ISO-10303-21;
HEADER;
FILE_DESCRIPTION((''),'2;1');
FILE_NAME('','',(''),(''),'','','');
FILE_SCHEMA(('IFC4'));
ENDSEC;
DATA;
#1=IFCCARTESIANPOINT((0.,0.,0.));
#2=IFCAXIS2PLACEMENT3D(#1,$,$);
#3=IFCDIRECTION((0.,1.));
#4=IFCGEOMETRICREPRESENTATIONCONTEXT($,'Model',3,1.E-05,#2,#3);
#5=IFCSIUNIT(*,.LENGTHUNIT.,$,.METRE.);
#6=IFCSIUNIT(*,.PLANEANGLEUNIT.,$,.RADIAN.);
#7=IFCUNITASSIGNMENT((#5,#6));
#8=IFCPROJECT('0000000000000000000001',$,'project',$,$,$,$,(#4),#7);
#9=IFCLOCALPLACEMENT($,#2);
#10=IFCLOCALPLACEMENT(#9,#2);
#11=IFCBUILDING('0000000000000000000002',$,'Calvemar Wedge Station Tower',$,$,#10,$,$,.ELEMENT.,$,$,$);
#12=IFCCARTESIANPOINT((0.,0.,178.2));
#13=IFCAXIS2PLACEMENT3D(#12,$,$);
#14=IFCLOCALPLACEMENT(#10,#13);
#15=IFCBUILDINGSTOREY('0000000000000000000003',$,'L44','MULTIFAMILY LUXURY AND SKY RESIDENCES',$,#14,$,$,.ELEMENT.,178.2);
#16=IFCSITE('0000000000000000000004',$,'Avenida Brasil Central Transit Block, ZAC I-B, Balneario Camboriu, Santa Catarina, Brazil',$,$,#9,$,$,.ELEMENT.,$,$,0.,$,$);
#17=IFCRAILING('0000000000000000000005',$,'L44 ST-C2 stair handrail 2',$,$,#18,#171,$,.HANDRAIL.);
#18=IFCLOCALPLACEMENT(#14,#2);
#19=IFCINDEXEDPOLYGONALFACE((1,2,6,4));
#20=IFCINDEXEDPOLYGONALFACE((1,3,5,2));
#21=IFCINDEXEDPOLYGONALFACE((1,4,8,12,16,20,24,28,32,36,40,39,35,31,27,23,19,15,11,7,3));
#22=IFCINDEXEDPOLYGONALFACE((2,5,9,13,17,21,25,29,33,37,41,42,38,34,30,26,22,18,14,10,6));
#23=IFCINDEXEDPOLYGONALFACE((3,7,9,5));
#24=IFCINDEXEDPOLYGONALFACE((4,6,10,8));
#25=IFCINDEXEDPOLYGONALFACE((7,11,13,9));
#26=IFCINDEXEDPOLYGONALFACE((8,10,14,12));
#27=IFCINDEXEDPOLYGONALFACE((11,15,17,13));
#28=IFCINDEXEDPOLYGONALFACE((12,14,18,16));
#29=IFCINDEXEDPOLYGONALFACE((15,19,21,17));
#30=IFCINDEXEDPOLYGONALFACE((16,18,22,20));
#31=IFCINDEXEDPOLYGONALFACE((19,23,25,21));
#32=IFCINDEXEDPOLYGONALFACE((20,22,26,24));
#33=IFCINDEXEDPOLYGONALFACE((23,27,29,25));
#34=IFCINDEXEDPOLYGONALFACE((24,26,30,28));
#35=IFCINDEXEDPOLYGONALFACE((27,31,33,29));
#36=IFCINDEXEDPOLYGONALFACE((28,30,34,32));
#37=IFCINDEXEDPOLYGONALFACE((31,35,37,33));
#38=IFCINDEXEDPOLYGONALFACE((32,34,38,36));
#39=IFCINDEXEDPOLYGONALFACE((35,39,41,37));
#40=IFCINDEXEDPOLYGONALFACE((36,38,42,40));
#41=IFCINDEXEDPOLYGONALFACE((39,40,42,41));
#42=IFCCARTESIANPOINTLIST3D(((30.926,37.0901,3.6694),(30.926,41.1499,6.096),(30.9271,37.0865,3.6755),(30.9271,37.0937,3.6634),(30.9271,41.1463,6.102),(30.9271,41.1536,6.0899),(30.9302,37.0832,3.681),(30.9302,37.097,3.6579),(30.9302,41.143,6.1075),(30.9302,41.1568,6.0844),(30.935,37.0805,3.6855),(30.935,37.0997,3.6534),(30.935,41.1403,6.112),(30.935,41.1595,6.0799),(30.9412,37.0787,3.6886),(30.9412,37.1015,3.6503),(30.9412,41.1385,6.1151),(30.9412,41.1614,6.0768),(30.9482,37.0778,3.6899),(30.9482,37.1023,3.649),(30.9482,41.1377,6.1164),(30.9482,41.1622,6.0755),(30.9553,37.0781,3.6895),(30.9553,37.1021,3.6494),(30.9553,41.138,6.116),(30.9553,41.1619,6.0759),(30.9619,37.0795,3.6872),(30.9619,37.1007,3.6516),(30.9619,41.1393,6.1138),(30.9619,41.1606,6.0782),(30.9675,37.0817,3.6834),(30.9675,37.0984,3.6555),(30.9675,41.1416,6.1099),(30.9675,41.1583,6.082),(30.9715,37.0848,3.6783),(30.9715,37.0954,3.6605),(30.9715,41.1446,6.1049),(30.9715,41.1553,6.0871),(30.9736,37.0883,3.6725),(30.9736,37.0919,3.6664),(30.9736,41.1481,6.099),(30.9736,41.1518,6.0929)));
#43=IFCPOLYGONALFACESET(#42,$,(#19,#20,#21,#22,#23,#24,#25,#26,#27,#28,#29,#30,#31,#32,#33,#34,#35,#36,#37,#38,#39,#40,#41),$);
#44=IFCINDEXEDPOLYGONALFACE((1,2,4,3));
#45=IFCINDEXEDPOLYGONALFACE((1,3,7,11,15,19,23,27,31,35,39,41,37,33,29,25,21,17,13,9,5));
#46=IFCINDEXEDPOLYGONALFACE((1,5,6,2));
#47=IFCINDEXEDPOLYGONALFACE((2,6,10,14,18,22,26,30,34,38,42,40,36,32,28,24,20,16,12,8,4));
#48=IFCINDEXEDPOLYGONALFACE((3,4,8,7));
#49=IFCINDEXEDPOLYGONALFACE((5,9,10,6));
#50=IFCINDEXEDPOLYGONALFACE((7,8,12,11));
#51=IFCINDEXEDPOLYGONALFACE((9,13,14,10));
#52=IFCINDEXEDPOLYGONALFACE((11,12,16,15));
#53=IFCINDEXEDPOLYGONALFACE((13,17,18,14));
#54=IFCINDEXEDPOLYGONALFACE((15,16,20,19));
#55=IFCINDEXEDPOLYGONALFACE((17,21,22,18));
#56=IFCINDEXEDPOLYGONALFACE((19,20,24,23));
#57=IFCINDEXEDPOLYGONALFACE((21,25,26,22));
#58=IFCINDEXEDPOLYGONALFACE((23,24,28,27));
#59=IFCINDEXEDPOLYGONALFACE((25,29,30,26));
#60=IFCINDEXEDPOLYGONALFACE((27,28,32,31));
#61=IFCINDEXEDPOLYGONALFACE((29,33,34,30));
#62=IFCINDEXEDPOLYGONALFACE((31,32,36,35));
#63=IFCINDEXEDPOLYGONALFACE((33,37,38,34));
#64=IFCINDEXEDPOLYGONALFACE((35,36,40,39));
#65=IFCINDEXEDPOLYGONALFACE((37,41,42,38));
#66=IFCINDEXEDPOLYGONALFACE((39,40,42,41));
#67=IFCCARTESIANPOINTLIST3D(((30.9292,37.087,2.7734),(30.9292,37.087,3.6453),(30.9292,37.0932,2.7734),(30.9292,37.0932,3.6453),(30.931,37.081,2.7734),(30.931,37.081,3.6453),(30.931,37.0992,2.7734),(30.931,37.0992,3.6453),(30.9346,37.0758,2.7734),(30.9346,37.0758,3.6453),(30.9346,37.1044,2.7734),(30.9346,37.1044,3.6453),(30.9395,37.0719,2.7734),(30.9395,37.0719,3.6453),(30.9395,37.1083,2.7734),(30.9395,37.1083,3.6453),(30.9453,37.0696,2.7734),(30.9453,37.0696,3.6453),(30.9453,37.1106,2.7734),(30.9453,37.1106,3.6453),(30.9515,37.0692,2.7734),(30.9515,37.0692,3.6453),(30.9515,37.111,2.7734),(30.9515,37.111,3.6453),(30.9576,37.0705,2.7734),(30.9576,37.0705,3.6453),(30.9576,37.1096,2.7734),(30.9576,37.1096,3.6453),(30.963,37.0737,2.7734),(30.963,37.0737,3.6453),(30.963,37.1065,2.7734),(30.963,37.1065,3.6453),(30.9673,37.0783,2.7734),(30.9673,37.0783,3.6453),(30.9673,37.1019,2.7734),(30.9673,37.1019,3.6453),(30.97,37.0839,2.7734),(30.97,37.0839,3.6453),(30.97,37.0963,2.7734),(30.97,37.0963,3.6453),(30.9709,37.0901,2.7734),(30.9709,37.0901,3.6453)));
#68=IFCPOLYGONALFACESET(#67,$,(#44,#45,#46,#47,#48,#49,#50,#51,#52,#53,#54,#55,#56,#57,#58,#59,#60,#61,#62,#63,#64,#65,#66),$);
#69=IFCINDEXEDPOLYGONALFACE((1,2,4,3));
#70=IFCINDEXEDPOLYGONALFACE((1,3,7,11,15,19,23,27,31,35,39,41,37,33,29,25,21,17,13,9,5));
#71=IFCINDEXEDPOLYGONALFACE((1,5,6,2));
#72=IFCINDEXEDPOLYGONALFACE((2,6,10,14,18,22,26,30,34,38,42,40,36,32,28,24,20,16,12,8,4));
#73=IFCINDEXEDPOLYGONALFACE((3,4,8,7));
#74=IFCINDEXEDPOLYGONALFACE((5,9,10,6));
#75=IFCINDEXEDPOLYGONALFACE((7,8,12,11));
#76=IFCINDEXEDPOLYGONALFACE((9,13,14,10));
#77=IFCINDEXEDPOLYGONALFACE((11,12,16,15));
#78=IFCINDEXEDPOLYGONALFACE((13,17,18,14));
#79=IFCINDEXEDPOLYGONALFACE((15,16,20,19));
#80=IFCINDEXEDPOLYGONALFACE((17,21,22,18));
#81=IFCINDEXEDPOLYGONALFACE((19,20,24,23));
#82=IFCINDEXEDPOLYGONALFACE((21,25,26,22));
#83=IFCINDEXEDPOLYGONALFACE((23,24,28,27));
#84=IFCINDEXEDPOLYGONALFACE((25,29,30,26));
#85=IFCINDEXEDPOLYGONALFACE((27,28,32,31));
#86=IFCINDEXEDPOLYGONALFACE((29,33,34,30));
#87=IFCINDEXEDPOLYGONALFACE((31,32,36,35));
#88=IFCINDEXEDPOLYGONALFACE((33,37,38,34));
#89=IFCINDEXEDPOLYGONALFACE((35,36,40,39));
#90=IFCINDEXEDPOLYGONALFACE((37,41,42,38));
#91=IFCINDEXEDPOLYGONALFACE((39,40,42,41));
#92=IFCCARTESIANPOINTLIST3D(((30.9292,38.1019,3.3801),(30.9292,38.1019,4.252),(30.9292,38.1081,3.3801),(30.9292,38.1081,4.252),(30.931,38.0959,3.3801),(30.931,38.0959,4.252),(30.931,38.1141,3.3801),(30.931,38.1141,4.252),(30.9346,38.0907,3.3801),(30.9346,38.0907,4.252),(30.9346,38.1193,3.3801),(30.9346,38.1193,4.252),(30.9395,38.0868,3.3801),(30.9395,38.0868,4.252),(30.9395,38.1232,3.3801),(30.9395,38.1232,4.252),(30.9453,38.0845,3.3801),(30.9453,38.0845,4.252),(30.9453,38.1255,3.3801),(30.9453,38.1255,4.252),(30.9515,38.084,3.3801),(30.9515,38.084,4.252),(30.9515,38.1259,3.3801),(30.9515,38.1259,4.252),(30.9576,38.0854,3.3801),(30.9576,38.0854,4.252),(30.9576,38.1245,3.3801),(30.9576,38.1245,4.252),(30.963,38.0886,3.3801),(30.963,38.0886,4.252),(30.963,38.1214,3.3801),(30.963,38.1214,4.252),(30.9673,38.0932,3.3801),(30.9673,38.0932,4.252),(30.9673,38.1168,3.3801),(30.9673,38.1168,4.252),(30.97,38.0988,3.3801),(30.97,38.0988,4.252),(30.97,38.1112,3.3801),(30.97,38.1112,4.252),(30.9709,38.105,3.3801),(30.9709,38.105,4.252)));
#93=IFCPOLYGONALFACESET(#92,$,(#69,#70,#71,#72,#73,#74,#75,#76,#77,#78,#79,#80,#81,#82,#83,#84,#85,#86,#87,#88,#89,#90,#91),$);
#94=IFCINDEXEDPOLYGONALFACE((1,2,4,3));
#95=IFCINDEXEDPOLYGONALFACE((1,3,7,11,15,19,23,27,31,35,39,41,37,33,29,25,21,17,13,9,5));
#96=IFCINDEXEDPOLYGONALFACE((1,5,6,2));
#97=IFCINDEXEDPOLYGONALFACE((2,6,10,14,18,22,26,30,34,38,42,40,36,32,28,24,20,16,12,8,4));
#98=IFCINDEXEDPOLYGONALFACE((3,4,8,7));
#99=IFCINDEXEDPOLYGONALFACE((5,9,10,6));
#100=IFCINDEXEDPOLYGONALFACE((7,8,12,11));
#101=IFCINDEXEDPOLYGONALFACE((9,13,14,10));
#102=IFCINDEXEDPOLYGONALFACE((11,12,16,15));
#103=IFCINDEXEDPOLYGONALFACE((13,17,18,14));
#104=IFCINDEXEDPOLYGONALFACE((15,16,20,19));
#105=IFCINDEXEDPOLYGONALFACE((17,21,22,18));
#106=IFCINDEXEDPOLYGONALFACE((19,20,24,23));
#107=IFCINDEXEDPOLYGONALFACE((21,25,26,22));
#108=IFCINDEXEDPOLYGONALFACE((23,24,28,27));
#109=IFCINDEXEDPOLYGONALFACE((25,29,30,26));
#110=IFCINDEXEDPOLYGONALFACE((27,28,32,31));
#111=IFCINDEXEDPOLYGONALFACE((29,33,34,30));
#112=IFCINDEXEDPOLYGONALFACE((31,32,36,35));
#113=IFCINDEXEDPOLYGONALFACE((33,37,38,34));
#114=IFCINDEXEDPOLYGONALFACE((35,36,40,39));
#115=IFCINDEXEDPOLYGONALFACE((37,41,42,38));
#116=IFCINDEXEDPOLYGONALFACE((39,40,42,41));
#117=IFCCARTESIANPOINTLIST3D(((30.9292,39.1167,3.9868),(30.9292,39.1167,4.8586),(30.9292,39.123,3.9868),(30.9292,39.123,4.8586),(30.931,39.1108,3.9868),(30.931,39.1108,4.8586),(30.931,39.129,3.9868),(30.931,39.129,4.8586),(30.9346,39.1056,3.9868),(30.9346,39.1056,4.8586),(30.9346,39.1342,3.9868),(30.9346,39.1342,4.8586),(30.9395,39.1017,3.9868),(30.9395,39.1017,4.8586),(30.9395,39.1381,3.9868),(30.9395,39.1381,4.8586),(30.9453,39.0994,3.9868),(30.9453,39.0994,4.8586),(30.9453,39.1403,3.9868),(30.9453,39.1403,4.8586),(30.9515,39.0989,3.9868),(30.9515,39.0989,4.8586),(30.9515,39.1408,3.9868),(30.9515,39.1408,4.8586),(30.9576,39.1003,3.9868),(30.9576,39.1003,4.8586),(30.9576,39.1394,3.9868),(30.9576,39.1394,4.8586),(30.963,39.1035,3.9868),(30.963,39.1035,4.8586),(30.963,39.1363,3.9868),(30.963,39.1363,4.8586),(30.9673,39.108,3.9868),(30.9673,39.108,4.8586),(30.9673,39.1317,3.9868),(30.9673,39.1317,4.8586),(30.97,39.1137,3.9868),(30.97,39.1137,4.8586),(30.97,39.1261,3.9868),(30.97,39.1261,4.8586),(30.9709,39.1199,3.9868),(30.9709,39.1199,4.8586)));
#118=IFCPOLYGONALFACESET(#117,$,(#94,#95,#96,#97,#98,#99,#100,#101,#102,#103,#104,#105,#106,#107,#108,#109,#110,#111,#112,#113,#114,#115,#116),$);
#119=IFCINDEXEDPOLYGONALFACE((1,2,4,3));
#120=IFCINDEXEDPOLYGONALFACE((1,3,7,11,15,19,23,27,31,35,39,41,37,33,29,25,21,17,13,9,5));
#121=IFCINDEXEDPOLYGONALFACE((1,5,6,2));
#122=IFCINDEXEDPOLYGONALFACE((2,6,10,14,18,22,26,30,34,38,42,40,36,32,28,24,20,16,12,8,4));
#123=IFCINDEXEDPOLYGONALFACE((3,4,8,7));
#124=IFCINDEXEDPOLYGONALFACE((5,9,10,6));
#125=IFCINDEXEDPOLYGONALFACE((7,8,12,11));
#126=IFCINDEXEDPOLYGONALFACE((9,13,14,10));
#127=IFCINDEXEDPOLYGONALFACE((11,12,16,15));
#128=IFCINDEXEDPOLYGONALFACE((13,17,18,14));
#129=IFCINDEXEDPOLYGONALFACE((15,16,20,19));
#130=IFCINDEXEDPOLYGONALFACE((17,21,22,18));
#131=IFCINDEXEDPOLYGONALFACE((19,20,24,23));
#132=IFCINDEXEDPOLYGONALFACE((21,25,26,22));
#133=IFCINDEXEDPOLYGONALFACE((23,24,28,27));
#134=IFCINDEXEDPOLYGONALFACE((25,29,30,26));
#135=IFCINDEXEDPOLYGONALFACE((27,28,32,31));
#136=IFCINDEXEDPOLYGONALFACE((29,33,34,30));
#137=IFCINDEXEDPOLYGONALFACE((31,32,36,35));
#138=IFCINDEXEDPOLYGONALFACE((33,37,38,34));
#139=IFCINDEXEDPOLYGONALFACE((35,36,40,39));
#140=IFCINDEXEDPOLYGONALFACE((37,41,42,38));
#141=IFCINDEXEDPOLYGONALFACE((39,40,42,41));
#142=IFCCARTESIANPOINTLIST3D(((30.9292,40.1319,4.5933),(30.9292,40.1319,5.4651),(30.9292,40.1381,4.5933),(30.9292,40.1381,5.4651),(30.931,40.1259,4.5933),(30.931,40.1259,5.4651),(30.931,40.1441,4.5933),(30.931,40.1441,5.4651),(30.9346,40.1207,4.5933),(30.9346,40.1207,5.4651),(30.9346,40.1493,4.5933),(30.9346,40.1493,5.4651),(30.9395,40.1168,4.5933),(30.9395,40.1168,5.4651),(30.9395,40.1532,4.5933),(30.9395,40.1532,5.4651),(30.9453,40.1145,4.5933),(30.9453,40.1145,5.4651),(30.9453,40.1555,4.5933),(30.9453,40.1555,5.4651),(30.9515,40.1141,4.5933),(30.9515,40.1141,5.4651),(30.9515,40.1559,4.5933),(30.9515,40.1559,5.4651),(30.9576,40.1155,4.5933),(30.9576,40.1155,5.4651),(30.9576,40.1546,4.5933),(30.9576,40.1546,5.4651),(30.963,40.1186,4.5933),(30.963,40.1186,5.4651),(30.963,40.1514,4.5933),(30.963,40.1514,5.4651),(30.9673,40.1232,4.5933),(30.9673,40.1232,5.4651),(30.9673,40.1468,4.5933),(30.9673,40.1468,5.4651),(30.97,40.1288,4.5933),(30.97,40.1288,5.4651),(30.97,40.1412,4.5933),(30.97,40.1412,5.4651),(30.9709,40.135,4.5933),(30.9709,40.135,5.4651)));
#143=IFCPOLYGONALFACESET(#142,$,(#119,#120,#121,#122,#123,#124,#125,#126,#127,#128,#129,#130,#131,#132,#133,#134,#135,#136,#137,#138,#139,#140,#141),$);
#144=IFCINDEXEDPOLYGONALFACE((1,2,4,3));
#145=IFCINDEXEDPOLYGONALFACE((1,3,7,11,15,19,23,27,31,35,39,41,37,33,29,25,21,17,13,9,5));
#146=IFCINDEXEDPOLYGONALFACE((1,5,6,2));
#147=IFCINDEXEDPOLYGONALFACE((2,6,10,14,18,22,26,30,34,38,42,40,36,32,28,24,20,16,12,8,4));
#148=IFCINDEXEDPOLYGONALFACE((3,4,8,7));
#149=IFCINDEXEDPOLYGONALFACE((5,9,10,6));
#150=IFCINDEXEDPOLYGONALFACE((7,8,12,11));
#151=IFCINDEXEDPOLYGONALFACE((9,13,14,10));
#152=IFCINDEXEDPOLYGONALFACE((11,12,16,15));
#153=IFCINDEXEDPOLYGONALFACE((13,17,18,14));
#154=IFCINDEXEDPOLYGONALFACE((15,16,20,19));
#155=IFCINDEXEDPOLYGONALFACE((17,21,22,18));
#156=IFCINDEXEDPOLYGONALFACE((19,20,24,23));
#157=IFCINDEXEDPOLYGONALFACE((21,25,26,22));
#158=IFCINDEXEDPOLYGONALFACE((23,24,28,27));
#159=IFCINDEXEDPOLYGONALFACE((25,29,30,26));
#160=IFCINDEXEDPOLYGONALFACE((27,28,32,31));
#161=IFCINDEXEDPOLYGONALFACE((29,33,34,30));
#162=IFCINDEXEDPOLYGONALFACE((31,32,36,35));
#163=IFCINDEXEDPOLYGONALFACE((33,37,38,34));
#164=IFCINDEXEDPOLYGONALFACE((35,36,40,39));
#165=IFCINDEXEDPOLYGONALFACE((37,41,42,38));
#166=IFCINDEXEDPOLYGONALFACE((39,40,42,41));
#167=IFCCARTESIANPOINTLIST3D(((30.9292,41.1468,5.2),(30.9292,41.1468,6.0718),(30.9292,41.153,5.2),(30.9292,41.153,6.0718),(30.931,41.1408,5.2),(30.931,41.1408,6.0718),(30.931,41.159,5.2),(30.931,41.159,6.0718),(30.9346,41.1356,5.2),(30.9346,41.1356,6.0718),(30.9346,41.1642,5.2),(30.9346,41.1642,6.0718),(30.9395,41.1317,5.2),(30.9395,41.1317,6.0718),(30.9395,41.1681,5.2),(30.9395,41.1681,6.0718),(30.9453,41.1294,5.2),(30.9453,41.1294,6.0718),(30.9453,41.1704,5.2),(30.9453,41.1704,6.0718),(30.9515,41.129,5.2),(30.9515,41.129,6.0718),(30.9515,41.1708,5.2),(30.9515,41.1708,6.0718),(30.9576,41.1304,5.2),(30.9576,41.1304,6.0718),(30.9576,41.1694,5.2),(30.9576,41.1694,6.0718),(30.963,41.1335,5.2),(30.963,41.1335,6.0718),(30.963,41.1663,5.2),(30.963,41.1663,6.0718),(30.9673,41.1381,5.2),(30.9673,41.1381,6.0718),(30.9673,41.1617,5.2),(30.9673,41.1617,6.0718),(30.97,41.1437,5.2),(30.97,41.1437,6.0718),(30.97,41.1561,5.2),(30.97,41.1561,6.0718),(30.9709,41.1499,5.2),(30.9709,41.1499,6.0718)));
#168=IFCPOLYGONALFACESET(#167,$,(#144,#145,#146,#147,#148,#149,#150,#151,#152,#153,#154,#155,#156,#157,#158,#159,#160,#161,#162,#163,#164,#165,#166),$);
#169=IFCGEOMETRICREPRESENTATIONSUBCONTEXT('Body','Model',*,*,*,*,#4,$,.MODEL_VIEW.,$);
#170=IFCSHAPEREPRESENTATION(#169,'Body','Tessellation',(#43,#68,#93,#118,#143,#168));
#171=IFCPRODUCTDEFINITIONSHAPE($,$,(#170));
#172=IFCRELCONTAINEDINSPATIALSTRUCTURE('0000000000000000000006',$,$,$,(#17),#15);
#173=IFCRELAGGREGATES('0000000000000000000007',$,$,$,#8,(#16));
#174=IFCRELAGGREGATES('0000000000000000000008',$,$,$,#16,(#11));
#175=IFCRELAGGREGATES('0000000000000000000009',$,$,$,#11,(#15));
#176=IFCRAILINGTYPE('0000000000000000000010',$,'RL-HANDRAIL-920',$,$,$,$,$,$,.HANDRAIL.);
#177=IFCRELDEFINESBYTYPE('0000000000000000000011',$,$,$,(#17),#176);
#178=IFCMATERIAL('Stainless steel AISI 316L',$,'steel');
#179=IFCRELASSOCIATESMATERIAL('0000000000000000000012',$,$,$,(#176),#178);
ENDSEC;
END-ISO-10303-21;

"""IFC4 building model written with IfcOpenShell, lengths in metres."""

from ifc_helpers import new_model, si_unit, direction, frame, origin, origin_2d, place, context, subcontext, project, spatial, circle, extrude, material, type_object, element, save


model = new_model("IFC4")

# Units and contexts
model_context = context("Model", 3, precision=1e-05, world=origin(), true_north=direction((0.0, 1.0)))
body_context = subcontext(model_context, "Body", "Model", "MODEL_VIEW")
ifc_project = project(units=[si_unit("LENGTHUNIT", "METRE"), si_unit("PLANEANGLEUNIT", "RADIAN")], contexts=[model_context])

# Site, building, storey
site_placement = place(None, origin())
site = spatial("IfcSite", under=ifc_project, at=site_placement, Name="Avenida Brasil Central Transit Block, ZAC I-B, Balneario Camboriu, Santa Catarina, Brazil", CompositionType="ELEMENT", RefElevation=0.0)
building_placement = place(site_placement, origin())
building = spatial("IfcBuilding", under=site, at=building_placement, Name="Calvemar Wedge Station Tower", CompositionType="ELEMENT")
storey_placement = place(building_placement, frame((0.0, 0.0, 178.2)))
storey = spatial("IfcBuildingStorey", under=building, at=storey_placement, Name="L44", Description="MULTIFAMILY LUXURY AND SKY RESIDENCES", CompositionType="ELEMENT", Elevation=178.2)

# Railing
ifc_material_1 = material(Name="Stainless steel AISI 316L", Category="steel")
railing_type_1 = type_object("IfcRailingType", Name="RL-HANDRAIL-920", PredefinedType="HANDRAIL", material=ifc_material_1)
railing_1_placement = place(storey_placement, frame((30.95, 37.0901, 2.7734)))
element("IfcRailing", 1, at=railing_1_placement, inside=storey, type_object=railing_type_1, Name="L44 ST-C2 stair handrail 2", PredefinedType="HANDRAIL", context=body_context, shape_type="SweptSolid", body=[
    extrude(circle(Radius=0.0239, at=origin_2d()), frame((0.0, 0.0, 0.896), z_axis=(0.0, 0.858366, 0.513038), x_axis=(-1.0, 0.0, 0.0)), (0.0, 0.0, 1.0), 4.7297),
    extrude(circle(Radius=0.021, at=origin_2d()), origin(), (0.0, 0.0, 1.0), 0.8718),
    extrude(circle(Radius=0.021, at=origin_2d()), frame((0.0, 1.0149, 0.6067)), (0.0, 0.0, 1.0), 0.8718),
    extrude(circle(Radius=0.021, at=origin_2d()), frame((0.0, 2.0298, 1.2134)), (0.0, 0.0, 1.0), 0.8718),
    extrude(circle(Radius=0.021, at=origin_2d()), frame((0.0, 3.0449, 1.8198)), (0.0, 0.0, 1.0), 0.8718),
    extrude(circle(Radius=0.021, at=origin_2d()), frame((0.0, 4.0598, 2.4265)), (0.0, 0.0, 1.0), 0.8718),
])

save(model, "model.ifc")
